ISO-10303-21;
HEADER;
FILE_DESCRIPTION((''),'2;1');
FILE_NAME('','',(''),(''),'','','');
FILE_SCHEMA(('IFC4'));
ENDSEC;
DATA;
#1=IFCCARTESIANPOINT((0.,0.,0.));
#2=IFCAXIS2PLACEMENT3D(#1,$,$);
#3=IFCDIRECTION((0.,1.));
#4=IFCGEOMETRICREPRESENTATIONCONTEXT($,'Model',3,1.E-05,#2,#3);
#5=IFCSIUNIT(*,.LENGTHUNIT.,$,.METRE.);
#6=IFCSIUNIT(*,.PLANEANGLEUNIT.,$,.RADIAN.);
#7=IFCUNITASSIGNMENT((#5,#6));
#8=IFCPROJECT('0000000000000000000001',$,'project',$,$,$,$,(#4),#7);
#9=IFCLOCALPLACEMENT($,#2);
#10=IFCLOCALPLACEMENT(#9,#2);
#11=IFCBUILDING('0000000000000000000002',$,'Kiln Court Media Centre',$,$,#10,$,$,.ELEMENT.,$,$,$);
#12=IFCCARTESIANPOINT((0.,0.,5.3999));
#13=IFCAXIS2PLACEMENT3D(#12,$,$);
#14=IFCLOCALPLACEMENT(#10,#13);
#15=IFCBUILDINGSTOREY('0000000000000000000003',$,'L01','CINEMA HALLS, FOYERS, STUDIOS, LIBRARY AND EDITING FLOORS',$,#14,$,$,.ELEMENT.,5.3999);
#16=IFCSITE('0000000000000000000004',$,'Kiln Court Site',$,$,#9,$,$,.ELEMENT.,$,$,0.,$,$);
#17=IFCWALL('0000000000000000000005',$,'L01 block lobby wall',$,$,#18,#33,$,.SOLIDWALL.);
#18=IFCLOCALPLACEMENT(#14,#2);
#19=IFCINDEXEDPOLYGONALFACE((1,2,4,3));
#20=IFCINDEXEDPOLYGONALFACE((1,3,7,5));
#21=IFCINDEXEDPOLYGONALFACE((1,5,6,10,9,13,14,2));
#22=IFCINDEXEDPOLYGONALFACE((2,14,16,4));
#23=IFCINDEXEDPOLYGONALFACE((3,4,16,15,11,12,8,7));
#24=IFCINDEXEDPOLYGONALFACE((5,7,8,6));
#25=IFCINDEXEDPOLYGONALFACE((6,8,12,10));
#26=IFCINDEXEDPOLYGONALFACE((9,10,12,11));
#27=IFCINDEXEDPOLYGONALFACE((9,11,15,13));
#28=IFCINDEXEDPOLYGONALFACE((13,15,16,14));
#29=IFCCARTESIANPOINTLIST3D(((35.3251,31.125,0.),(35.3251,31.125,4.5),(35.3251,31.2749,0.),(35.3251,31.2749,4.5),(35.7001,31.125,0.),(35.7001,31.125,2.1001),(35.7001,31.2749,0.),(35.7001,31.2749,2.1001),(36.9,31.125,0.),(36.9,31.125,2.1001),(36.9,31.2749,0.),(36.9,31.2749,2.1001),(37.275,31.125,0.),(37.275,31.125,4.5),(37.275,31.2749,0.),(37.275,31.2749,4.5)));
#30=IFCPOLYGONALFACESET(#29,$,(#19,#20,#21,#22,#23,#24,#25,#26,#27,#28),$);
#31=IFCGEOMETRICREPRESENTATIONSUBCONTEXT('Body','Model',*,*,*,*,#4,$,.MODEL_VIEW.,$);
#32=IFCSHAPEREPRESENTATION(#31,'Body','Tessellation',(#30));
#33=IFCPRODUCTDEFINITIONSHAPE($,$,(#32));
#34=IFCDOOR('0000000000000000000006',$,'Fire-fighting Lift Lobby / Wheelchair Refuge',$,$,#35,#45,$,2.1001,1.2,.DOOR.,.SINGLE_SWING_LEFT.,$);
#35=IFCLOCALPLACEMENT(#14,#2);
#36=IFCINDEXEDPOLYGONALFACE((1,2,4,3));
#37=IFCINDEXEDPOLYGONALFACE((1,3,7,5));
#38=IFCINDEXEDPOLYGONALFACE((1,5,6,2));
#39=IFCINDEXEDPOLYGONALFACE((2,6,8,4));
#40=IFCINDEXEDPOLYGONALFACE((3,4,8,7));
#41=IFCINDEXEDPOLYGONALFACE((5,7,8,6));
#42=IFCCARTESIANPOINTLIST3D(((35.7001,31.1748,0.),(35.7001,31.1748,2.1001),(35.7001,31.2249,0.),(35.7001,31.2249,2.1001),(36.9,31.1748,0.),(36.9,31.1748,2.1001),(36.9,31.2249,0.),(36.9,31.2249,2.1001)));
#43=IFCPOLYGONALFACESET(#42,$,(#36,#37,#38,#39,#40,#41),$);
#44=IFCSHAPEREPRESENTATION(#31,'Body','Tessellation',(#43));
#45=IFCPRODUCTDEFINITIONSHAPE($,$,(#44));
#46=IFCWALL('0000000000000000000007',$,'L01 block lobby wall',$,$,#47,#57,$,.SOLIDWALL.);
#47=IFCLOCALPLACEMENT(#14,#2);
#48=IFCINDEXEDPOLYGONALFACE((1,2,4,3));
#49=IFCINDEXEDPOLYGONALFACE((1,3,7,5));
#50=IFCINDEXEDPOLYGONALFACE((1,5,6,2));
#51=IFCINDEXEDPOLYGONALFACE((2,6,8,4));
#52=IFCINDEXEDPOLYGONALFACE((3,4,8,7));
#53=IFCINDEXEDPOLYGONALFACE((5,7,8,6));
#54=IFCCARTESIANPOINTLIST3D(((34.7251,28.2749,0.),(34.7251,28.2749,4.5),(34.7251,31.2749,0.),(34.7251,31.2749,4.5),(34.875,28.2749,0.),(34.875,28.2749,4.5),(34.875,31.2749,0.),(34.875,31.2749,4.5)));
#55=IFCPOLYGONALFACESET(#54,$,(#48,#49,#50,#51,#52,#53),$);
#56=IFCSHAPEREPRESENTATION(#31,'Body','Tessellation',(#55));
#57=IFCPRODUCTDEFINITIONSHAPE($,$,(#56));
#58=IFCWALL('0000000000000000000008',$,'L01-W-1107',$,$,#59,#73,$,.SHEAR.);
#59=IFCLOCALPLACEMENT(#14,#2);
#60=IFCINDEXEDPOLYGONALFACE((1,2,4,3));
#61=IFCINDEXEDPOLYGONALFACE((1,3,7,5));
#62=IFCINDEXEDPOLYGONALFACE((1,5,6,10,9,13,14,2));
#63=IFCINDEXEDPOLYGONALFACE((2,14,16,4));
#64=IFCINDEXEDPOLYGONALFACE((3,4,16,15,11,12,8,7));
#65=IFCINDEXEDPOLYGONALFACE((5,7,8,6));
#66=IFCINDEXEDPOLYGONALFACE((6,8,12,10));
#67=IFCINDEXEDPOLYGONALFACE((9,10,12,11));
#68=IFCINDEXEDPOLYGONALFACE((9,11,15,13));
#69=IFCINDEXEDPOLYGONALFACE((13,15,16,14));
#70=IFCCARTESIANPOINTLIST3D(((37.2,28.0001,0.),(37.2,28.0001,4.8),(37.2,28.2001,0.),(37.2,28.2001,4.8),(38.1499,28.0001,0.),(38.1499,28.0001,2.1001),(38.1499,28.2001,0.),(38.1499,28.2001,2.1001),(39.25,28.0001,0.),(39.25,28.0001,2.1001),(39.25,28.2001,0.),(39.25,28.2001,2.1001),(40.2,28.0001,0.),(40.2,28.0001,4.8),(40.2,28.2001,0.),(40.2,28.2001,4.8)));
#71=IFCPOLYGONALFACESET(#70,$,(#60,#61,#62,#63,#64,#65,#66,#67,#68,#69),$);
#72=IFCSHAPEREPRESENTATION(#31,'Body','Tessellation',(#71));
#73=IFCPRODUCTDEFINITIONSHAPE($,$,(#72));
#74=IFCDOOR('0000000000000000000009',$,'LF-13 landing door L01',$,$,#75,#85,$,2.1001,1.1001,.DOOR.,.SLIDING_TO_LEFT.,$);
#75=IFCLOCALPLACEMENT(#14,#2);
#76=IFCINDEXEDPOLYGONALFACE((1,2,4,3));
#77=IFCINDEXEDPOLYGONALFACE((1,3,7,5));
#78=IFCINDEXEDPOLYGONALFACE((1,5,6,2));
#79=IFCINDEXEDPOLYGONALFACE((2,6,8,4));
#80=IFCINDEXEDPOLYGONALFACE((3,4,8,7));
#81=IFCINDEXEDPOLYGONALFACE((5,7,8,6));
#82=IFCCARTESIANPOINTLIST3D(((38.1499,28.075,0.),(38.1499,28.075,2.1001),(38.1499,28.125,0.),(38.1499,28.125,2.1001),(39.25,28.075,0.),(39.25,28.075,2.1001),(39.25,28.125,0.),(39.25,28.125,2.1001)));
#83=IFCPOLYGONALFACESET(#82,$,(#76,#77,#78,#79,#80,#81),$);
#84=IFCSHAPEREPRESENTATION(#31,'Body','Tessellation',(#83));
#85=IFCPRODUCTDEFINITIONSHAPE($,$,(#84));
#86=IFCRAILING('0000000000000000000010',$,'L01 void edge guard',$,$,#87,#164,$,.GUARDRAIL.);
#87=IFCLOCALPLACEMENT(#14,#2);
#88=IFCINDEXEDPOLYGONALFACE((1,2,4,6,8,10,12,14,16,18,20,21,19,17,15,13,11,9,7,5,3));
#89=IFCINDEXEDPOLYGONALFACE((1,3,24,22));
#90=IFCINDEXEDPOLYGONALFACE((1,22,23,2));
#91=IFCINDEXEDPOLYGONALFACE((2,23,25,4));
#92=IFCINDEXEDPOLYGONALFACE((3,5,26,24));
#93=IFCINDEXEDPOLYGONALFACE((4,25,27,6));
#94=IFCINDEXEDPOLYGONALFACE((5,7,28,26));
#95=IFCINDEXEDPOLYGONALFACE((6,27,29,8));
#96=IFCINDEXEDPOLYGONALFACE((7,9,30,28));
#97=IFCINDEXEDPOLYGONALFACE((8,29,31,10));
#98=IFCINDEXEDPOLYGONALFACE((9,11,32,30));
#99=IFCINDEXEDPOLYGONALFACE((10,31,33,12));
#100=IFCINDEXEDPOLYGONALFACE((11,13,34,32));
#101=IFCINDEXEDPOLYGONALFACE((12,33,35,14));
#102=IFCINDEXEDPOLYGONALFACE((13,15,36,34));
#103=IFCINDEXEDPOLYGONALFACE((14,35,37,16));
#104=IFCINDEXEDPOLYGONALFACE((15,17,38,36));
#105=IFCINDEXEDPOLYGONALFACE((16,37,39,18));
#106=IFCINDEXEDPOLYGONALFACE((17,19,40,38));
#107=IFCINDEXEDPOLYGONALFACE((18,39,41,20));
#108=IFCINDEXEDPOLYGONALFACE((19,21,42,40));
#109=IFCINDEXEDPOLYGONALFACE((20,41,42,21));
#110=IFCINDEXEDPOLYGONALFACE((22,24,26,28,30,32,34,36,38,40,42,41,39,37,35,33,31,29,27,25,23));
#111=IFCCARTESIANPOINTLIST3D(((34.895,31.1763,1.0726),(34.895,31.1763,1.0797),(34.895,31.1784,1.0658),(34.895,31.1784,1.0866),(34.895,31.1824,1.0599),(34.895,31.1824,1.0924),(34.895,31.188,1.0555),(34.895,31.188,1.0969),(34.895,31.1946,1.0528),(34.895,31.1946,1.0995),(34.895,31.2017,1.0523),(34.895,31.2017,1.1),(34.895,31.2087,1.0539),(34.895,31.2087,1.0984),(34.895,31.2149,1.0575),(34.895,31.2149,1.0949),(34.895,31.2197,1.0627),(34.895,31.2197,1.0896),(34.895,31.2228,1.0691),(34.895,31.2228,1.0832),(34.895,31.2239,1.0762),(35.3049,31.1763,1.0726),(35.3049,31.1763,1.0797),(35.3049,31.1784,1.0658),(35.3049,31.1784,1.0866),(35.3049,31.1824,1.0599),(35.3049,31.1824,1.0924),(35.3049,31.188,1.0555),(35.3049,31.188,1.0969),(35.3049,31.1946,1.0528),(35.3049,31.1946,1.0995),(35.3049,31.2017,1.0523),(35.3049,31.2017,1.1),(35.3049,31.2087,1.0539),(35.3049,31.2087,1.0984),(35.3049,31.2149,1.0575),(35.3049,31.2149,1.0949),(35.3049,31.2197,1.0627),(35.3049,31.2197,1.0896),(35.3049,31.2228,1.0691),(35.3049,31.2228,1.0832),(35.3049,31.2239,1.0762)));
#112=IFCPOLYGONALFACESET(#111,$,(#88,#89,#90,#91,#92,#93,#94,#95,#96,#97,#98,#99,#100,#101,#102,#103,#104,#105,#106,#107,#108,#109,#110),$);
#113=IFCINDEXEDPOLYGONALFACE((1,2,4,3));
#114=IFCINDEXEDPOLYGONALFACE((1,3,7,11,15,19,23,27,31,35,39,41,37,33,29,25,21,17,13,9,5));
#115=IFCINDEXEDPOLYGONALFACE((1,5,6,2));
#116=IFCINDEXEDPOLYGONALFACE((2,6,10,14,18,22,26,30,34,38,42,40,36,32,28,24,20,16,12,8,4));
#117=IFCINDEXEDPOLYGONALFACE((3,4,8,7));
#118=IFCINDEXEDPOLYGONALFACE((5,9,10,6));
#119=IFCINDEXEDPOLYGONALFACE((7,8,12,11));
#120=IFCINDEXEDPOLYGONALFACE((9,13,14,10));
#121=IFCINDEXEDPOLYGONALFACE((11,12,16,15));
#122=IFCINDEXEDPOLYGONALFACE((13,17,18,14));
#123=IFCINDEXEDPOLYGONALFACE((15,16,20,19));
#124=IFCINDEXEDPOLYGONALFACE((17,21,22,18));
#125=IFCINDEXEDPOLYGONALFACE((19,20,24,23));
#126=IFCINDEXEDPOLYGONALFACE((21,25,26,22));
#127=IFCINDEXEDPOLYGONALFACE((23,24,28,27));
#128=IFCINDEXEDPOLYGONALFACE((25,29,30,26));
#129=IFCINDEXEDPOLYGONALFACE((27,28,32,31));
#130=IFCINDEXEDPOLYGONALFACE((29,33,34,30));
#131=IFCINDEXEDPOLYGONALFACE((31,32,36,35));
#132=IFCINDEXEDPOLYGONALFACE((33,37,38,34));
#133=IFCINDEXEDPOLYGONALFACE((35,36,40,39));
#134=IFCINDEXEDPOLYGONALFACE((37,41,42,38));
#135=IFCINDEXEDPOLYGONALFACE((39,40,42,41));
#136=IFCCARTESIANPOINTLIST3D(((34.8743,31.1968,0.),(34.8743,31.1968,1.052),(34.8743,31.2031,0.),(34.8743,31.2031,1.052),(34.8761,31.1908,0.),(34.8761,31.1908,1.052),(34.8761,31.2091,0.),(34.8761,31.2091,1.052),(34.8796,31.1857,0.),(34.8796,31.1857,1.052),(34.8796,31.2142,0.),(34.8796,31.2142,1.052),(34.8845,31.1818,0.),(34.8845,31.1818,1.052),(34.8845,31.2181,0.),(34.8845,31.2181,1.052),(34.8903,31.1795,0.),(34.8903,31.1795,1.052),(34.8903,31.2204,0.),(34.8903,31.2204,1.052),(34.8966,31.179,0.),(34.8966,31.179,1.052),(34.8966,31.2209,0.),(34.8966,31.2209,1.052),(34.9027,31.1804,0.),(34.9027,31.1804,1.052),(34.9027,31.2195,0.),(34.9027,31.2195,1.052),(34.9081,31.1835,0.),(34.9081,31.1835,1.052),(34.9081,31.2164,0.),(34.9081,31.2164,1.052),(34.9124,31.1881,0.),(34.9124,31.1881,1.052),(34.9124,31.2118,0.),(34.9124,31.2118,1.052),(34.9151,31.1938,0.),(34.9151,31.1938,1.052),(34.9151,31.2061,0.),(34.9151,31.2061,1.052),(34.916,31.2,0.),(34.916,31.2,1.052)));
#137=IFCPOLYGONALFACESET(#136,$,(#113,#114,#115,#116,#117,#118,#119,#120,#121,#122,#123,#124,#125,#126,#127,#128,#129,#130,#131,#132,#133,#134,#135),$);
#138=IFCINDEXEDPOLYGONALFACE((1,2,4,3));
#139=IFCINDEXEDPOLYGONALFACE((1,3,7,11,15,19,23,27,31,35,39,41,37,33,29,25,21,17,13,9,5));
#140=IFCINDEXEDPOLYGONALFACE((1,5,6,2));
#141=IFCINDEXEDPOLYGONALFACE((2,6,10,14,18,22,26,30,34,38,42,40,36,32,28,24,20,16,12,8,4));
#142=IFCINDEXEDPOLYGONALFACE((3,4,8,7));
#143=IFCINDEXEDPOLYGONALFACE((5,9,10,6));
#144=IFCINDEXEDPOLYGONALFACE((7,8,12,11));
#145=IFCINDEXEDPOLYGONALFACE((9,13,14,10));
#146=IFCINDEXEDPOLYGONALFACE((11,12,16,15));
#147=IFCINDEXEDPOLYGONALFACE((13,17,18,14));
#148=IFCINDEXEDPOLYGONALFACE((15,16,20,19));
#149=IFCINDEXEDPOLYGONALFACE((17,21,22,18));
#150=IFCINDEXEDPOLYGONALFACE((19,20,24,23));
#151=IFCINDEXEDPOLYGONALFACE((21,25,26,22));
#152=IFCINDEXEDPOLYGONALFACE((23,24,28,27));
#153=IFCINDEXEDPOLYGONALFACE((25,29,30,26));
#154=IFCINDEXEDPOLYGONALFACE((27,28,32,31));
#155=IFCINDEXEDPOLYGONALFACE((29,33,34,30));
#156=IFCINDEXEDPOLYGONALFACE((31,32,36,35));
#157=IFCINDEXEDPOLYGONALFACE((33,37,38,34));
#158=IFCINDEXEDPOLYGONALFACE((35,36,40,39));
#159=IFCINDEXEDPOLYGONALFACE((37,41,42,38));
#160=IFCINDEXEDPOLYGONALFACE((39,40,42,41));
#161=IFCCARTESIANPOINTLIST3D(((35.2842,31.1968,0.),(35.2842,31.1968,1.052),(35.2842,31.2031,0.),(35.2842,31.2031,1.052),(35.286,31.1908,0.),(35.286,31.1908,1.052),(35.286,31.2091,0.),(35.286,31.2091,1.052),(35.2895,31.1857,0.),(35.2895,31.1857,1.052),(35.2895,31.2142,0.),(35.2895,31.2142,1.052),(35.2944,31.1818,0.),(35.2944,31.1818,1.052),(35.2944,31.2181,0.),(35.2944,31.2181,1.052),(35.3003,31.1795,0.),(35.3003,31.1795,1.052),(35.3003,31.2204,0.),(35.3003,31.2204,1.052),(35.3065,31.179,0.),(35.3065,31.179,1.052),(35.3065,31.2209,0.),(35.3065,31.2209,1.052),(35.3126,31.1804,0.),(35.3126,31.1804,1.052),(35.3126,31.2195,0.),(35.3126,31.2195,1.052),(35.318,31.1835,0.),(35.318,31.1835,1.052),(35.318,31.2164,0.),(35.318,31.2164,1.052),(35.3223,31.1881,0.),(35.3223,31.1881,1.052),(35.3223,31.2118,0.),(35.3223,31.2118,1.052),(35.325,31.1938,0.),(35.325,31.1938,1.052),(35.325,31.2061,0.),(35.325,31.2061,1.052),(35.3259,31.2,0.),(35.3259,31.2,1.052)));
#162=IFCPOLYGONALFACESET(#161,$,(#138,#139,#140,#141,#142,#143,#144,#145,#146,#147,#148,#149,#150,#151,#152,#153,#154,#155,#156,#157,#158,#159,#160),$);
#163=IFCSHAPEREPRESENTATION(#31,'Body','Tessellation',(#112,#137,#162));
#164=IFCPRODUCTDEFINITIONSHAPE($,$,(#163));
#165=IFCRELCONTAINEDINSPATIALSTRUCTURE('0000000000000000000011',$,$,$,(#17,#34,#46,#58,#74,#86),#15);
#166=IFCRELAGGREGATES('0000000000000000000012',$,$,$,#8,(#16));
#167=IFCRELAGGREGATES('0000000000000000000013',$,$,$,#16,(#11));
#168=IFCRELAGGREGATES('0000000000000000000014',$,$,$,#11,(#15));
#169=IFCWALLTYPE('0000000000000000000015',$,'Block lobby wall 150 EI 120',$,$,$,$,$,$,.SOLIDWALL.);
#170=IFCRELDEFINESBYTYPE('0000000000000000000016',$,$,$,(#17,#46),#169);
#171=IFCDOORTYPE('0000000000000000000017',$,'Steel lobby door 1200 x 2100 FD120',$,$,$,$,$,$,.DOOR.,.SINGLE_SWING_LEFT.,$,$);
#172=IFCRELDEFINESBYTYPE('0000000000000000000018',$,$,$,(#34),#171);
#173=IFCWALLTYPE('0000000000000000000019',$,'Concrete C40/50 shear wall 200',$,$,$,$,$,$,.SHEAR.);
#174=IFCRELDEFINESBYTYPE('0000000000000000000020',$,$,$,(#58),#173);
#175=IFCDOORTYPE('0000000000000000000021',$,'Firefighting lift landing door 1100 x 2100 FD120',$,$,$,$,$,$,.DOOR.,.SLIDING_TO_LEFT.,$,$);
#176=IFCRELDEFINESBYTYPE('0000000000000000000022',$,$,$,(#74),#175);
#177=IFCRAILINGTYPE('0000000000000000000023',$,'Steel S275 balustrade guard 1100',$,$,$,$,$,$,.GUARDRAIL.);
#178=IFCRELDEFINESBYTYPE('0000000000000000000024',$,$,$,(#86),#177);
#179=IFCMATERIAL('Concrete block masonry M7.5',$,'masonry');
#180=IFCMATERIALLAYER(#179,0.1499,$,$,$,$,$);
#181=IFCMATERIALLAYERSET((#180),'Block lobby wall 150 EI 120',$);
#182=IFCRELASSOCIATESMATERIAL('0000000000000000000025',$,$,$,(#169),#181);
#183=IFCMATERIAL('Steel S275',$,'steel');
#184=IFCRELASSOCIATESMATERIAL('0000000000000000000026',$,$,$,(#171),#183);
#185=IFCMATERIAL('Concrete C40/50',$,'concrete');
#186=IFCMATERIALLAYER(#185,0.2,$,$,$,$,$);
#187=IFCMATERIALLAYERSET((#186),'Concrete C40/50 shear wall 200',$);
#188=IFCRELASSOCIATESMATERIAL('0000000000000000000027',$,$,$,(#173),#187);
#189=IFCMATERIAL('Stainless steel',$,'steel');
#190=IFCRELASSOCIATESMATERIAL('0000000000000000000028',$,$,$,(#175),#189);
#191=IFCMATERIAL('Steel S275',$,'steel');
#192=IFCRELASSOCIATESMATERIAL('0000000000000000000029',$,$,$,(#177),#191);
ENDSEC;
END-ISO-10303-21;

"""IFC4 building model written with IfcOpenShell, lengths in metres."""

from ifc_helpers import new_model, si_unit, direction, frame, frame_2d, origin, origin_2d, place, context, subcontext, project, spatial, rectangle, circle, extrude, material, layer, layer_set, type_object, element, fill, save


model = new_model("IFC4")

# Units and contexts
model_context = context("Model", 3, precision=1e-05, world=origin(), true_north=direction((0.0, 1.0)))
body_context = subcontext(model_context, "Body", "Model", "MODEL_VIEW")
ifc_project = project(units=[si_unit("LENGTHUNIT", "METRE"), si_unit("PLANEANGLEUNIT", "RADIAN")], contexts=[model_context])

# Site, building, storey
site_placement = place(None, origin())
site = spatial("IfcSite", under=ifc_project, at=site_placement, Name="Kiln Court Site", CompositionType="ELEMENT", RefElevation=0.0)
building_placement = place(site_placement, origin())
building = spatial("IfcBuilding", under=site, at=building_placement, Name="Kiln Court Media Centre", CompositionType="ELEMENT")
storey_placement = place(building_placement, frame((0.0, 0.0, 5.3999)))
storey = spatial("IfcBuildingStorey", under=building, at=storey_placement, Name="L01", Description="CINEMA HALLS, FOYERS, STUDIOS, LIBRARY AND EDITING FLOORS", CompositionType="ELEMENT", Elevation=5.3999)

# Wall, opening, door
ifc_material_1 = material(Name="Concrete block masonry M7.5", Category="masonry")
ifc_layer_1 = layer(ifc_material_1, 0.1499)
ifc_layer_set_1 = layer_set([ifc_layer_1], Name="Block lobby wall 150 EI 120")
wall_type_1 = type_object("IfcWallType", Name="Block lobby wall 150 EI 120", PredefinedType="SOLIDWALL", material=ifc_layer_set_1)
ifc_material_2 = material(Name="Steel S275", Category="steel")
door_type_1 = type_object("IfcDoorType", Name="Steel lobby door 1200 x 2100 FD120", OperationType="SINGLE_SWING_LEFT", PredefinedType="DOOR", material=ifc_material_2)
wall_1_placement = place(storey_placement, frame((35.325, 31.2, 0.0), z_axis=(0.0, 0.0, 1.0), x_axis=(1.0, 0.0, 0.0)))
wall_1 = element("IfcWall", 1, at=wall_1_placement, inside=storey, type_object=wall_type_1, Name="L01 block lobby wall", PredefinedType="SOLIDWALL", context=body_context, shape_type="SweptSolid", body=[
    extrude(rectangle(XDim=1.95, YDim=0.1499, at=frame_2d((0.9751, 0.0))), origin(), (0.0, 0.0, 1.0), 4.5),
])
opening_1_placement = place(wall_1_placement, frame((0.375, 0.0, 0.0)))
opening_1 = element("IfcOpeningElement", 2, at=opening_1_placement, cuts=wall_1, PredefinedType="OPENING", context=body_context, shape_type="SweptSolid", body=[
    extrude(rectangle(XDim=1.2, YDim=2.1001, at=frame_2d((0.6001, 1.05))), frame((0.0, 0.085, 0.0), z_axis=(0.0, -1.0, 0.0), x_axis=(1.0, 0.0, 0.0)), (0.0, 0.0, 1.0), 0.1699),
])
door_1_placement = place(opening_1_placement, origin())
door_1 = element("IfcDoor", 3, at=door_1_placement, inside=storey, type_object=door_type_1, Name="Fire-fighting Lift Lobby / Wheelchair Refuge", OperationType="SINGLE_SWING_LEFT", OverallHeight=2.1001, OverallWidth=1.2, PredefinedType="DOOR", context=body_context, shape_type="SweptSolid", body=[
    extrude(rectangle(XDim=1.2, YDim=2.1001, at=frame_2d((0.6001, 1.05))), frame((0.0, 0.0249, 0.0), z_axis=(0.0, -1.0, 0.0), x_axis=(1.0, 0.0, 0.0)), (0.0, 0.0, 1.0), 0.05),
])
fill(opening_1, door_1)

# Wall
wall_2_placement = place(storey_placement, frame((34.8, 28.2749, 0.0), z_axis=(0.0, 0.0, 1.0), x_axis=(0.0, 1.0, 0.0)))
element("IfcWall", 4, at=wall_2_placement, inside=storey, type_object=wall_type_1, Name="L01 block lobby wall", PredefinedType="SOLIDWALL", context=body_context, shape_type="SweptSolid", body=[
    extrude(rectangle(XDim=3.0, YDim=0.1499, at=frame_2d((1.5, 0.0))), origin(), (0.0, 0.0, 1.0), 4.5),
])

# Wall, opening, door
ifc_material_3 = material(Name="Concrete C40/50", Category="concrete")
ifc_layer_2 = layer(ifc_material_3, 0.2)
ifc_layer_set_2 = layer_set([ifc_layer_2], Name="Concrete C40/50 shear wall 200")
wall_type_2 = type_object("IfcWallType", Name="Concrete C40/50 shear wall 200", PredefinedType="SHEAR", material=ifc_layer_set_2)
wall_3_placement = place(storey_placement, frame((37.2, 28.1001, 0.0), z_axis=(0.0, 0.0, 1.0), x_axis=(1.0, 0.0, 0.0)))
wall_3 = element("IfcWall", 5, at=wall_3_placement, inside=storey, type_object=wall_type_2, Name="L01-W-1107", PredefinedType="SHEAR", context=body_context, shape_type="SweptSolid", body=[
    extrude(rectangle(XDim=3.0, YDim=0.2, at=frame_2d((1.5, 0.0))), origin(), (0.0, 0.0, 1.0), 4.8),
])
opening_2_placement = place(wall_3_placement, frame((0.95, 0.0, 0.0)))
opening_2 = element("IfcOpeningElement", 6, at=opening_2_placement, cuts=wall_3, PredefinedType="OPENING", context=body_context, shape_type="SweptSolid", body=[
    extrude(rectangle(XDim=1.1001, YDim=2.1001, at=frame_2d((0.55, 1.05))), frame((0.0, 0.1099, 0.0), z_axis=(0.0, -1.0, 0.0), x_axis=(1.0, 0.0, 0.0)), (0.0, 0.0, 1.0), 0.22),
])
ifc_material_4 = material(Name="Stainless steel", Category="steel")
door_type_2 = type_object("IfcDoorType", Name="Firefighting lift landing door 1100 x 2100 FD120", OperationType="SLIDING_TO_LEFT", PredefinedType="DOOR", material=ifc_material_4)
door_2_placement = place(opening_2_placement, origin())
door_2 = element("IfcDoor", 7, at=door_2_placement, inside=storey, type_object=door_type_2, Name="LF-13 landing door L01", OperationType="SLIDING_TO_LEFT", OverallHeight=2.1001, OverallWidth=1.1001, PredefinedType="DOOR", context=body_context, shape_type="SweptSolid", body=[
    extrude(rectangle(XDim=1.1001, YDim=2.1001, at=frame_2d((0.55, 1.05))), frame((0.0, 0.0249, 0.0), z_axis=(0.0, -1.0, 0.0), x_axis=(1.0, 0.0, 0.0)), (0.0, 0.0, 1.0), 0.05),
])
fill(opening_2, door_2)

# Railing
ifc_material_5 = material(Name="Steel S275", Category="steel")
railing_type = type_object("IfcRailingType", Name="Steel S275 balustrade guard 1100", PredefinedType="GUARDRAIL", material=ifc_material_5)
railing_1_placement = place(storey_placement, frame((34.895, 31.2, 0.0)))
element("IfcRailing", 8, at=railing_1_placement, inside=storey, type_object=railing_type, Name="L01 void edge guard", PredefinedType="GUARDRAIL", context=body_context, shape_type="SweptSolid", body=[
    extrude(circle(Radius=0.0239, at=origin_2d()), frame((0.0, 0.0, 1.0762), z_axis=(1.0, 0.0, 0.0), x_axis=(0.0, 1.0, 0.0)), (0.0, 0.0, 1.0), 0.4099),
    extrude(circle(Radius=0.021, at=origin_2d()), origin(), (0.0, 0.0, 1.0), 1.052),
    extrude(circle(Radius=0.021, at=origin_2d()), frame((0.4099, 0.0, 0.0)), (0.0, 0.0, 1.0), 1.052),
])

save(model, "model.ifc")
